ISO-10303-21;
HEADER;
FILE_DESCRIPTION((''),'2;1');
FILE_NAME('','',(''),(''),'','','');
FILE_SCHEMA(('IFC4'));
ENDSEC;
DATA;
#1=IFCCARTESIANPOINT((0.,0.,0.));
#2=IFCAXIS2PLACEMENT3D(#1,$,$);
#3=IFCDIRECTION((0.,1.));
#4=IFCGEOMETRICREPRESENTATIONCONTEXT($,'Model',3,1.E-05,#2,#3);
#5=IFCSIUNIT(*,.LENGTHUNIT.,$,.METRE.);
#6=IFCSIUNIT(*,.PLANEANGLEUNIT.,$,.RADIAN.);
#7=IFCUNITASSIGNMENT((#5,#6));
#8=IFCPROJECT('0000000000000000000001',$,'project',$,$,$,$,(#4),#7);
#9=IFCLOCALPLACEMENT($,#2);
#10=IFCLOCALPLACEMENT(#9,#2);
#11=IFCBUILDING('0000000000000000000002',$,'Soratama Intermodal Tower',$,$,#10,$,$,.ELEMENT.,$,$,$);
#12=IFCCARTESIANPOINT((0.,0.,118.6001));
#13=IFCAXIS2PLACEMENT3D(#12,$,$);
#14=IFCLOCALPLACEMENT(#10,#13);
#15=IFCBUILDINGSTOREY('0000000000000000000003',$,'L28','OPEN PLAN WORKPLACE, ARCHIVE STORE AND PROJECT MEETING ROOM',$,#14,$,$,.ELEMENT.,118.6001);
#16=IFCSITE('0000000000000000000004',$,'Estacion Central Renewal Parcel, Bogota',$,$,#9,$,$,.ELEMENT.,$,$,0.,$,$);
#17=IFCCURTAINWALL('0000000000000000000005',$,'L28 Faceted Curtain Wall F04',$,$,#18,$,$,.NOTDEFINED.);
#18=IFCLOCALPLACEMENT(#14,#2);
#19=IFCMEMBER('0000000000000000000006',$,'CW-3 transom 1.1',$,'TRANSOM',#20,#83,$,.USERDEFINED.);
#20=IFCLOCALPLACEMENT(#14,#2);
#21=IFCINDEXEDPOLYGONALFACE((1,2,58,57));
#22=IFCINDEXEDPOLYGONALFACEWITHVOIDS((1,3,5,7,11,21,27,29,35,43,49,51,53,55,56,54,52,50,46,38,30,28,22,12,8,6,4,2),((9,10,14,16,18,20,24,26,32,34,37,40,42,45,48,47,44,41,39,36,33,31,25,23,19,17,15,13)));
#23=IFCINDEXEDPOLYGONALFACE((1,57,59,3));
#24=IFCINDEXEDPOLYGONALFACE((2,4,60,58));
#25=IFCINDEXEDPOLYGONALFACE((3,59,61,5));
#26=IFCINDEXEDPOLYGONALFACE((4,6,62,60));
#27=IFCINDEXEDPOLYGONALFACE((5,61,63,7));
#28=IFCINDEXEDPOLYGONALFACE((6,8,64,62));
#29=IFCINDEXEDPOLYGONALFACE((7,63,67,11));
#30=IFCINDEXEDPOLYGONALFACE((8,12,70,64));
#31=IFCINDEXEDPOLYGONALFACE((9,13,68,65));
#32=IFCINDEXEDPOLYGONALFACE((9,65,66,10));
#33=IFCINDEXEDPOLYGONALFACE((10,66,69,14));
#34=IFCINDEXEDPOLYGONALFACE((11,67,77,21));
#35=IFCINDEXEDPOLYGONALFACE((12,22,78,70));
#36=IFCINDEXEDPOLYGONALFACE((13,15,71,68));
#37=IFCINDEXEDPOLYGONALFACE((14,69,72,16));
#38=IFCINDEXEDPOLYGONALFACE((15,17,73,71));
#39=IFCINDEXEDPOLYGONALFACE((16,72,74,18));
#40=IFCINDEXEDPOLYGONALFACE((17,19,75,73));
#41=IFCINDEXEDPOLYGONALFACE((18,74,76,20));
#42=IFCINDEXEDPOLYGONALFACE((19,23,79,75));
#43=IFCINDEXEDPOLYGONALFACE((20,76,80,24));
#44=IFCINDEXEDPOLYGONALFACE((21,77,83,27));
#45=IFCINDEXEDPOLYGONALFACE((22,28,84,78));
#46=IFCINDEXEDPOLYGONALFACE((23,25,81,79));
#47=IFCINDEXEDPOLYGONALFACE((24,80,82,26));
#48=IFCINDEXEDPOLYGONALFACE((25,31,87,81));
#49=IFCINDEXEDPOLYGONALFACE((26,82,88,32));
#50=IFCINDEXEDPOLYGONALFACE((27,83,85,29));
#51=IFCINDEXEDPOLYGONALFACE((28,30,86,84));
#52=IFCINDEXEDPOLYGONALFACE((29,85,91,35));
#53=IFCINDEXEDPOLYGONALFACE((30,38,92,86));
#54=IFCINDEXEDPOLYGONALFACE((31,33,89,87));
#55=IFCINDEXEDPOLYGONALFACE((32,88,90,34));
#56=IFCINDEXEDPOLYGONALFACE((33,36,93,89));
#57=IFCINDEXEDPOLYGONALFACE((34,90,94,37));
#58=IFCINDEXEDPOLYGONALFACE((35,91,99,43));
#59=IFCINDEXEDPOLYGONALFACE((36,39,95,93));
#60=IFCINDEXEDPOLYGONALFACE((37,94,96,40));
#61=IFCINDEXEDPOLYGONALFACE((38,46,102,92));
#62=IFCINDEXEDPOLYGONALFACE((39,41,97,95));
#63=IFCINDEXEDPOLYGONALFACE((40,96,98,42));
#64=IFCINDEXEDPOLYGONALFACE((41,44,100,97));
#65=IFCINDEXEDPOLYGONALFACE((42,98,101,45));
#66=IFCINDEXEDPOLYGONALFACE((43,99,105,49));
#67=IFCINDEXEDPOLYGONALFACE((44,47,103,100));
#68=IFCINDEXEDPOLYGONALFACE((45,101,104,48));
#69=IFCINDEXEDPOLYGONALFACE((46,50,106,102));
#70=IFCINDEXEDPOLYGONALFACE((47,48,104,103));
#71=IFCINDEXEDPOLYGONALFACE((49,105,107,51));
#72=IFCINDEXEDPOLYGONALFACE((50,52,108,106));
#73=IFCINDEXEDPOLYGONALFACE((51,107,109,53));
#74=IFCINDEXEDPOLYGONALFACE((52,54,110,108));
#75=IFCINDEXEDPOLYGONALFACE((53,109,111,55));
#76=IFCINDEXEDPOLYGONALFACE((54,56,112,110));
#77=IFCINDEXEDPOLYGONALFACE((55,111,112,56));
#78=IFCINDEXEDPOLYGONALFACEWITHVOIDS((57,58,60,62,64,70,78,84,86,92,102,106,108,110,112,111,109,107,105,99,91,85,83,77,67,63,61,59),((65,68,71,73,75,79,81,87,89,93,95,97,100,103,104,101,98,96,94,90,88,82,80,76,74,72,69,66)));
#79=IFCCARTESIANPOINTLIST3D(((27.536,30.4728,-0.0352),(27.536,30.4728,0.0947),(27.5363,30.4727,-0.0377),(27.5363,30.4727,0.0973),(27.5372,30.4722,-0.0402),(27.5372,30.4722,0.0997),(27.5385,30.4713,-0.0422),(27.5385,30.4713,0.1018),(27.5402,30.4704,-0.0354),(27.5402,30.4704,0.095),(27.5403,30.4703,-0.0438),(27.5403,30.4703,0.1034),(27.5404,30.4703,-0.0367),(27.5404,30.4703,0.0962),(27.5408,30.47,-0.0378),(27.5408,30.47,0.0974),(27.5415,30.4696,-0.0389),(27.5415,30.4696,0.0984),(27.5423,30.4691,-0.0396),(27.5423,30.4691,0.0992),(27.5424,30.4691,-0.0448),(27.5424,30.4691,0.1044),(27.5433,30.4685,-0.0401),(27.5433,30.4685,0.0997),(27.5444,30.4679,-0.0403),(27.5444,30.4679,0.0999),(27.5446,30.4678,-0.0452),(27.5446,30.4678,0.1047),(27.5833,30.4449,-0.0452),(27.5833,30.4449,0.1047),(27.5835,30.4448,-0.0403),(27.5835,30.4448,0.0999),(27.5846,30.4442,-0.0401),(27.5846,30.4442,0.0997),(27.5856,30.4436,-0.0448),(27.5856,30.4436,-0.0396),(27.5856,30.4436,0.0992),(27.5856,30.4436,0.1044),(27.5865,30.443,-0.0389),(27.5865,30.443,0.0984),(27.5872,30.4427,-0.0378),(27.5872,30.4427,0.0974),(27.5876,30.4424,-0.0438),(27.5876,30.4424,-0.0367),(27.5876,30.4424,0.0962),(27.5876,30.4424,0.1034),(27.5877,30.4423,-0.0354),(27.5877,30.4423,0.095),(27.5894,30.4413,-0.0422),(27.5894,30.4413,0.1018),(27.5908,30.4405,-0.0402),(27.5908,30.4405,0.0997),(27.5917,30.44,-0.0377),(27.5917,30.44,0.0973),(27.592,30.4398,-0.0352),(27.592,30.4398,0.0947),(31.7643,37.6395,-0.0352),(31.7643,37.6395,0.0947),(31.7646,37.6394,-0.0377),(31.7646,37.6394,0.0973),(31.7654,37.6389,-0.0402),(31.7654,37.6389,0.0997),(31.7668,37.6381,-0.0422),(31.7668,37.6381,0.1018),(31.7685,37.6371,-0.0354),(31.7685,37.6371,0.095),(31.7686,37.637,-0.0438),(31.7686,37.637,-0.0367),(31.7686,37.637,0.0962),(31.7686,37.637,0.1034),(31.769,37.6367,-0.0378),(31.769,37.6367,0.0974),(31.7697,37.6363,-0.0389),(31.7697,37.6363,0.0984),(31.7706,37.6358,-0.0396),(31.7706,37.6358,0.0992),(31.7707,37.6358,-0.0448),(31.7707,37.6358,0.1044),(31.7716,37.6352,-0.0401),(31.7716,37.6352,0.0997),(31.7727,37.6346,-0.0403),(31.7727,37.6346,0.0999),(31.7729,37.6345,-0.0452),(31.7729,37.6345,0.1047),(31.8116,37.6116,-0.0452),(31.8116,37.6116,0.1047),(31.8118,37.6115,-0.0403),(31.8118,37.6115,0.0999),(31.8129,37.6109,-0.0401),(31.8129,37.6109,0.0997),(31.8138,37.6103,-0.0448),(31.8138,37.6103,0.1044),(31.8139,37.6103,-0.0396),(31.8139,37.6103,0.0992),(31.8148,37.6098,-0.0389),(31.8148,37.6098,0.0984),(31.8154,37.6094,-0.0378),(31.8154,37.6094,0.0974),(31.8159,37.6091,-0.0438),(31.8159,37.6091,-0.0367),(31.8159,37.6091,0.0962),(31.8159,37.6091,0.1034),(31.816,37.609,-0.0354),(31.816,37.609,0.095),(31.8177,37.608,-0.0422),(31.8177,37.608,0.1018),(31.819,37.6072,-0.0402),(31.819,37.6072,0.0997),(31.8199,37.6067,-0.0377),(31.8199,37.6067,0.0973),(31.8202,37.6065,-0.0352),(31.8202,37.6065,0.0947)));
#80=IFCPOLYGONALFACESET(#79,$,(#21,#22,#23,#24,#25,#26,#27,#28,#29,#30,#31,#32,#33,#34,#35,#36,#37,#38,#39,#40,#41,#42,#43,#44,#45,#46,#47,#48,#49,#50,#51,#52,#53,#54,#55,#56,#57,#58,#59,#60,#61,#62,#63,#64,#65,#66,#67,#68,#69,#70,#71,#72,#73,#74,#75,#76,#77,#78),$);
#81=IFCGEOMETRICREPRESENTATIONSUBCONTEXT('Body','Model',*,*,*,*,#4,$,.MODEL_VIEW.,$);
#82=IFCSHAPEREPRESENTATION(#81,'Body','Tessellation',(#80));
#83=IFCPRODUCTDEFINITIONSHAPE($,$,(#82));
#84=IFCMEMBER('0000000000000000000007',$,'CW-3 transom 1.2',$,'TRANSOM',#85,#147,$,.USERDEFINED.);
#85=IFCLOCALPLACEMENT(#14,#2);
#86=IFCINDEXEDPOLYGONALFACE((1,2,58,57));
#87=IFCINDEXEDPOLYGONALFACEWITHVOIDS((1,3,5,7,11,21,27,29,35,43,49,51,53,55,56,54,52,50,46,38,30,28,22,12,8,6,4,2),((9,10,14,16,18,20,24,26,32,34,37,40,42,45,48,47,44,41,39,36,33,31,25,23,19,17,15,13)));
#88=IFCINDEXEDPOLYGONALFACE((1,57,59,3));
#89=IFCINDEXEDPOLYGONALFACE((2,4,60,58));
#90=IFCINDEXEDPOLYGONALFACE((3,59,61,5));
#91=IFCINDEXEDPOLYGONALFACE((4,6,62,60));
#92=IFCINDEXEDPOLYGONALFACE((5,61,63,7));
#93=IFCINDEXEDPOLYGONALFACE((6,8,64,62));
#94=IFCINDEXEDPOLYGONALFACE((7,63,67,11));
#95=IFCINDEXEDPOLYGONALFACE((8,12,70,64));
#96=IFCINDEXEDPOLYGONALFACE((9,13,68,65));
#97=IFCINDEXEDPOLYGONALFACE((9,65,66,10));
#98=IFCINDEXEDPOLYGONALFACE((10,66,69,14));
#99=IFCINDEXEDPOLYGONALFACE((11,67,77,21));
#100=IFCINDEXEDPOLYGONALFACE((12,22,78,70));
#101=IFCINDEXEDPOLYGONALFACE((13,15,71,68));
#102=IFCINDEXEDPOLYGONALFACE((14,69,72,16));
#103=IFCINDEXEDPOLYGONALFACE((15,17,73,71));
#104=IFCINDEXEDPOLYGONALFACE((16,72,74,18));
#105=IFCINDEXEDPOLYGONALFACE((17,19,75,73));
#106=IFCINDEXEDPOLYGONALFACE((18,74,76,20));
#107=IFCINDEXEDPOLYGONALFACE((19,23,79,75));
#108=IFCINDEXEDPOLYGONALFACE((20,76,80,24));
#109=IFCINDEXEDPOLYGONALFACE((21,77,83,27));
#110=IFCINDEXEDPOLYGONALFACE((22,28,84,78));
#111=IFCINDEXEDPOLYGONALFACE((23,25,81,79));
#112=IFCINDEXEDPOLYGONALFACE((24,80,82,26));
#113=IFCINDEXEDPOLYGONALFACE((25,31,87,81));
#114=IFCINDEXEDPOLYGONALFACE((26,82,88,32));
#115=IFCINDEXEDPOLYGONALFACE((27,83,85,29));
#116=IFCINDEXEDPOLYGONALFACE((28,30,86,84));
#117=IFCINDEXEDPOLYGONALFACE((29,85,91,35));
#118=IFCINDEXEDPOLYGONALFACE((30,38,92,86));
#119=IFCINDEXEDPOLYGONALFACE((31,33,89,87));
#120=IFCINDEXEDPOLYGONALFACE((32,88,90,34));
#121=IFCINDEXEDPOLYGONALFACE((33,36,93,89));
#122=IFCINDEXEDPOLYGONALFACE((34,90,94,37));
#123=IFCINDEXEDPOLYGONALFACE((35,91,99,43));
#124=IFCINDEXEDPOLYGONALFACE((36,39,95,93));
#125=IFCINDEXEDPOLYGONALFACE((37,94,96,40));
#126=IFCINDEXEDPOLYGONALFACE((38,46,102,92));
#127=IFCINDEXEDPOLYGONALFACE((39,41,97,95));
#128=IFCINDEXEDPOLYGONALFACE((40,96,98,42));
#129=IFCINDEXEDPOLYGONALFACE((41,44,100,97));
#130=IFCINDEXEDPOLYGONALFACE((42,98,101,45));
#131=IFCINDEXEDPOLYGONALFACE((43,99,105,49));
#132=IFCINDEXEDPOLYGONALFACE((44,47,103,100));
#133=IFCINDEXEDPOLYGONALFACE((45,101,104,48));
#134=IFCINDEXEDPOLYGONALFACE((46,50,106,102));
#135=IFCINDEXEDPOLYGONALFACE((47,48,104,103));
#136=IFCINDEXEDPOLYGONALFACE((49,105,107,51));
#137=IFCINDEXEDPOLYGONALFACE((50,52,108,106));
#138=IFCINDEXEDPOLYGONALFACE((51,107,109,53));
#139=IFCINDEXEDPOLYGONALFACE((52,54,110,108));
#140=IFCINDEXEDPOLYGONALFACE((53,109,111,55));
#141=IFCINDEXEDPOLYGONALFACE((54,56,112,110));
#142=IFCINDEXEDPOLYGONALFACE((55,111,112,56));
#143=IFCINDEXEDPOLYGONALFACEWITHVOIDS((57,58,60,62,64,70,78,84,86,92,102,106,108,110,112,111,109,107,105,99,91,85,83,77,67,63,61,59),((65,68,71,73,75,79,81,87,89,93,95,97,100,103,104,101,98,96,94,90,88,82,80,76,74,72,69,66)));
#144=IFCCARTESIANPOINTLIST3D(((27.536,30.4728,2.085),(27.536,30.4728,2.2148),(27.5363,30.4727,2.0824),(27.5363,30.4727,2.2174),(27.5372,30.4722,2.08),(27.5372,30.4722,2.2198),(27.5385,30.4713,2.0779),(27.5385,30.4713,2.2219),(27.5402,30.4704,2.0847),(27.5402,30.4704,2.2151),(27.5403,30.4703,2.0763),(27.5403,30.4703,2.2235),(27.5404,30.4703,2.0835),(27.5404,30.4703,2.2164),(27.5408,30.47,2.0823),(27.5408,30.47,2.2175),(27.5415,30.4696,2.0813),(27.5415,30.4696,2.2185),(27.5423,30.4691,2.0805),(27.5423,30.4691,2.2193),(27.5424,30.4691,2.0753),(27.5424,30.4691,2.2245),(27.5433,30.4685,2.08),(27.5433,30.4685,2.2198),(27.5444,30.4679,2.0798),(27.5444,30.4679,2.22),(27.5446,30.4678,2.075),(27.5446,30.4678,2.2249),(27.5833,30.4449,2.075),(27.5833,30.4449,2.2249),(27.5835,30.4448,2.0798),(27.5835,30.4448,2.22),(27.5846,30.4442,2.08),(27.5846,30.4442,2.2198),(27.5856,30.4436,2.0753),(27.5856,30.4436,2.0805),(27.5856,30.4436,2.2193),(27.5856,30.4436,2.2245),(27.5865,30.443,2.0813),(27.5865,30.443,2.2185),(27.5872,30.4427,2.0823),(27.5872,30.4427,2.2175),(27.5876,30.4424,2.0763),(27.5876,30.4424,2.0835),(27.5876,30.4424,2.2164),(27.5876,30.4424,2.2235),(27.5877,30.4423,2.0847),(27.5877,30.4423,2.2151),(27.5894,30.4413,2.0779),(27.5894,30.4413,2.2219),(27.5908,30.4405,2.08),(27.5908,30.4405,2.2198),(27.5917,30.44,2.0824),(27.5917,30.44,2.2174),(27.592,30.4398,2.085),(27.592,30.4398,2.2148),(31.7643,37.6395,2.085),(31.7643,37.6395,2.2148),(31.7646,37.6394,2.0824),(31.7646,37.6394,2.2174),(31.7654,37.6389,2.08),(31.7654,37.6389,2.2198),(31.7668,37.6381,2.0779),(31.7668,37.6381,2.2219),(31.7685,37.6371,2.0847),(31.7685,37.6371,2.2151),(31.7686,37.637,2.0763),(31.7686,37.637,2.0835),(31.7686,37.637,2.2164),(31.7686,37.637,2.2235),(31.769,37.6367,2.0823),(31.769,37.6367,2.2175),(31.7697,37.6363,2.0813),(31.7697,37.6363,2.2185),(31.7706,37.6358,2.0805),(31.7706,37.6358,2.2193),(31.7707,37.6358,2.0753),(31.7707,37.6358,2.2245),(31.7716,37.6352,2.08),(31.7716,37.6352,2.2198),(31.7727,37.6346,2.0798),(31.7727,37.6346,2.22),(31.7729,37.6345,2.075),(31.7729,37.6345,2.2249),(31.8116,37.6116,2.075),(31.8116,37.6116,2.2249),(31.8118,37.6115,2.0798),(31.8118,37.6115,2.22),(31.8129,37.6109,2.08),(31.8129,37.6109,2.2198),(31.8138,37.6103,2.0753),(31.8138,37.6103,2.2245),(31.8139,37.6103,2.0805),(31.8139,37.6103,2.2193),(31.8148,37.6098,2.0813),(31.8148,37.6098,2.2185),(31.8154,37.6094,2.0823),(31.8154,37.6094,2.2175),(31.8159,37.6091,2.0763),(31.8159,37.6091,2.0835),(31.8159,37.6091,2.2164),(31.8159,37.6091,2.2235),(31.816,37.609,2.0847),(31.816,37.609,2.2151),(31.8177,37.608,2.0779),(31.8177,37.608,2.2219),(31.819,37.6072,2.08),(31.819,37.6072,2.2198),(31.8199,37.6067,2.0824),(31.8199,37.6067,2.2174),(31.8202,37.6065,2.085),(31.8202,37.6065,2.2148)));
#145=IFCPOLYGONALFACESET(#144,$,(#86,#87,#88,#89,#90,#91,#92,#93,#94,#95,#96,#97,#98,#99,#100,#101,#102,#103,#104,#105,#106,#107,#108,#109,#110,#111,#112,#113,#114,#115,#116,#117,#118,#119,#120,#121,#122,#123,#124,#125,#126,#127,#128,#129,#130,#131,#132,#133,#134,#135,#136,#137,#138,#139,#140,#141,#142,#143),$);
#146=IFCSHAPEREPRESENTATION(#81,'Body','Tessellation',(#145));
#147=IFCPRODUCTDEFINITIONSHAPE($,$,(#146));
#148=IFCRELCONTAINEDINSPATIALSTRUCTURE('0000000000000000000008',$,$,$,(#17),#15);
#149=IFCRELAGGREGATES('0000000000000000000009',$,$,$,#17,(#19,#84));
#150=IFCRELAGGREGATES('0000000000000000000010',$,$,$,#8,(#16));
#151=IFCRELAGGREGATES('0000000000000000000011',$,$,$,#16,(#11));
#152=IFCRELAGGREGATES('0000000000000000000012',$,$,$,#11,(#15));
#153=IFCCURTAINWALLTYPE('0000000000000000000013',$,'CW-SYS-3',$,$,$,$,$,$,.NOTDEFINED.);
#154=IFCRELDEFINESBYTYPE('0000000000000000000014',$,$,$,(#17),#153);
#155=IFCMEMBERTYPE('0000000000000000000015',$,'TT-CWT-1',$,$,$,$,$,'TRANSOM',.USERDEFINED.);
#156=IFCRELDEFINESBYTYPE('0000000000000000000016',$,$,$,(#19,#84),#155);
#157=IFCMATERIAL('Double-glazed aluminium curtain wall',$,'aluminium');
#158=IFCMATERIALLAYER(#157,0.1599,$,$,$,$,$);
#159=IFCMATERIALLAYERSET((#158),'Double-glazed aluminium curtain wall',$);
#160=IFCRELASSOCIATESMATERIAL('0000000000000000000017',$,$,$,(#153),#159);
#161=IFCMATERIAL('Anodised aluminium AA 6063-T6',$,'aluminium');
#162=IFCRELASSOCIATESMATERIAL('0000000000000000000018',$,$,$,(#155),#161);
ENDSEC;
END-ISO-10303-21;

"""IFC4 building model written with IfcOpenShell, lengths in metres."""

from ifc_helpers import new_model, si_unit, direction, frame, origin, origin_2d, place, context, subcontext, project, spatial, hollow_rectangle, extrude, material, layer, layer_set, material_profile, profile_set, type_object, element, aggregate, save


model = new_model("IFC4")

# Units and contexts
model_context = context("Model", 3, precision=1e-05, world=origin(), true_north=direction((0.0, 1.0)))
body_context = subcontext(model_context, "Body", "Model", "MODEL_VIEW")
ifc_project = project(units=[si_unit("LENGTHUNIT", "METRE"), si_unit("PLANEANGLEUNIT", "RADIAN")], contexts=[model_context])

# Site, building, storey
site_placement = place(None, origin())
site = spatial("IfcSite", under=ifc_project, at=site_placement, Name="Estacion Central Renewal Parcel, Bogota", CompositionType="ELEMENT", RefElevation=0.0)
building_placement = place(site_placement, origin())
building = spatial("IfcBuilding", under=site, at=building_placement, Name="Soratama Intermodal Tower", CompositionType="ELEMENT")
storey_placement = place(building_placement, frame((0.0, 0.0, 118.6001)))
storey = spatial("IfcBuildingStorey", under=building, at=storey_placement, Name="L28", Description="OPEN PLAN WORKPLACE, ARCHIVE STORE AND PROJECT MEETING ROOM", CompositionType="ELEMENT", Elevation=118.6001)

# Shared definitions
ifc_material_1 = material(Name="Double-glazed aluminium curtain wall", Category="aluminium")
ifc_layer_1 = layer(ifc_material_1, 0.1599)
ifc_layer_set_1 = layer_set([ifc_layer_1], Name="Double-glazed aluminium curtain wall")
curtain_wall_type = type_object("IfcCurtainWallType", Name="CW-SYS-3", PredefinedType="NOTDEFINED", material=ifc_layer_set_1)

# Curtain wall, members
curtain_wall_1_placement = place(storey_placement, origin())
curtain_wall_1 = element("IfcCurtainWall", 1, at=curtain_wall_1_placement, inside=storey, type_object=curtain_wall_type, Name="L28 Faceted Curtain Wall F04", PredefinedType="NOTDEFINED")
ifc_material_2 = material(Name="Anodised aluminium AA 6063-T6", Category="aluminium")
ifc_material_profile_1 = material_profile(ifc_material_2, hollow_rectangle(XDim=0.0649, YDim=0.1499, WallThickness=0.0049, InnerFilletRadius=0.0049, OuterFilletRadius=0.01, at=origin_2d()), Name="CWT150X65X5")
ifc_profile_set_1 = profile_set([ifc_material_profile_1], Name="Anodised aluminium AA 6063-T6")
member_type_1 = type_object("IfcMemberType", Name="TT-CWT-1", ElementType="TRANSOM", PredefinedType="USERDEFINED", material=ifc_profile_set_1)
member_1_placement = place(storey_placement, frame((31.7922, 37.623, 0.0298), z_axis=(-0.508139, -0.861275, 0.0), x_axis=(0.861275, -0.508139, 0.0)))
member_1 = element("IfcMember", 2, at=member_1_placement, type_object=member_type_1, Name="CW-3 transom 1.1", ObjectType="TRANSOM", PredefinedType="USERDEFINED", context=body_context, shape_type="SweptSolid", body=[
    extrude(hollow_rectangle(XDim=0.0649, YDim=0.1499, WallThickness=0.0049, InnerFilletRadius=0.0049, OuterFilletRadius=0.01, at=origin_2d()), origin(), (0.0, 0.0, 1.0), 8.321),
])
member_2_placement = place(storey_placement, frame((31.7922, 37.623, 2.1499), z_axis=(-0.508139, -0.861275, 0.0), x_axis=(0.861275, -0.508139, 0.0)))
member_2 = element("IfcMember", 3, at=member_2_placement, type_object=member_type_1, Name="CW-3 transom 1.2", ObjectType="TRANSOM", PredefinedType="USERDEFINED", context=body_context, shape_type="SweptSolid", body=[
    extrude(hollow_rectangle(XDim=0.0649, YDim=0.1499, WallThickness=0.0049, InnerFilletRadius=0.0049, OuterFilletRadius=0.01, at=origin_2d()), origin(), (0.0, 0.0, 1.0), 8.321),
])
aggregate(curtain_wall_1, [member_1, member_2])

save(model, "model.ifc")
